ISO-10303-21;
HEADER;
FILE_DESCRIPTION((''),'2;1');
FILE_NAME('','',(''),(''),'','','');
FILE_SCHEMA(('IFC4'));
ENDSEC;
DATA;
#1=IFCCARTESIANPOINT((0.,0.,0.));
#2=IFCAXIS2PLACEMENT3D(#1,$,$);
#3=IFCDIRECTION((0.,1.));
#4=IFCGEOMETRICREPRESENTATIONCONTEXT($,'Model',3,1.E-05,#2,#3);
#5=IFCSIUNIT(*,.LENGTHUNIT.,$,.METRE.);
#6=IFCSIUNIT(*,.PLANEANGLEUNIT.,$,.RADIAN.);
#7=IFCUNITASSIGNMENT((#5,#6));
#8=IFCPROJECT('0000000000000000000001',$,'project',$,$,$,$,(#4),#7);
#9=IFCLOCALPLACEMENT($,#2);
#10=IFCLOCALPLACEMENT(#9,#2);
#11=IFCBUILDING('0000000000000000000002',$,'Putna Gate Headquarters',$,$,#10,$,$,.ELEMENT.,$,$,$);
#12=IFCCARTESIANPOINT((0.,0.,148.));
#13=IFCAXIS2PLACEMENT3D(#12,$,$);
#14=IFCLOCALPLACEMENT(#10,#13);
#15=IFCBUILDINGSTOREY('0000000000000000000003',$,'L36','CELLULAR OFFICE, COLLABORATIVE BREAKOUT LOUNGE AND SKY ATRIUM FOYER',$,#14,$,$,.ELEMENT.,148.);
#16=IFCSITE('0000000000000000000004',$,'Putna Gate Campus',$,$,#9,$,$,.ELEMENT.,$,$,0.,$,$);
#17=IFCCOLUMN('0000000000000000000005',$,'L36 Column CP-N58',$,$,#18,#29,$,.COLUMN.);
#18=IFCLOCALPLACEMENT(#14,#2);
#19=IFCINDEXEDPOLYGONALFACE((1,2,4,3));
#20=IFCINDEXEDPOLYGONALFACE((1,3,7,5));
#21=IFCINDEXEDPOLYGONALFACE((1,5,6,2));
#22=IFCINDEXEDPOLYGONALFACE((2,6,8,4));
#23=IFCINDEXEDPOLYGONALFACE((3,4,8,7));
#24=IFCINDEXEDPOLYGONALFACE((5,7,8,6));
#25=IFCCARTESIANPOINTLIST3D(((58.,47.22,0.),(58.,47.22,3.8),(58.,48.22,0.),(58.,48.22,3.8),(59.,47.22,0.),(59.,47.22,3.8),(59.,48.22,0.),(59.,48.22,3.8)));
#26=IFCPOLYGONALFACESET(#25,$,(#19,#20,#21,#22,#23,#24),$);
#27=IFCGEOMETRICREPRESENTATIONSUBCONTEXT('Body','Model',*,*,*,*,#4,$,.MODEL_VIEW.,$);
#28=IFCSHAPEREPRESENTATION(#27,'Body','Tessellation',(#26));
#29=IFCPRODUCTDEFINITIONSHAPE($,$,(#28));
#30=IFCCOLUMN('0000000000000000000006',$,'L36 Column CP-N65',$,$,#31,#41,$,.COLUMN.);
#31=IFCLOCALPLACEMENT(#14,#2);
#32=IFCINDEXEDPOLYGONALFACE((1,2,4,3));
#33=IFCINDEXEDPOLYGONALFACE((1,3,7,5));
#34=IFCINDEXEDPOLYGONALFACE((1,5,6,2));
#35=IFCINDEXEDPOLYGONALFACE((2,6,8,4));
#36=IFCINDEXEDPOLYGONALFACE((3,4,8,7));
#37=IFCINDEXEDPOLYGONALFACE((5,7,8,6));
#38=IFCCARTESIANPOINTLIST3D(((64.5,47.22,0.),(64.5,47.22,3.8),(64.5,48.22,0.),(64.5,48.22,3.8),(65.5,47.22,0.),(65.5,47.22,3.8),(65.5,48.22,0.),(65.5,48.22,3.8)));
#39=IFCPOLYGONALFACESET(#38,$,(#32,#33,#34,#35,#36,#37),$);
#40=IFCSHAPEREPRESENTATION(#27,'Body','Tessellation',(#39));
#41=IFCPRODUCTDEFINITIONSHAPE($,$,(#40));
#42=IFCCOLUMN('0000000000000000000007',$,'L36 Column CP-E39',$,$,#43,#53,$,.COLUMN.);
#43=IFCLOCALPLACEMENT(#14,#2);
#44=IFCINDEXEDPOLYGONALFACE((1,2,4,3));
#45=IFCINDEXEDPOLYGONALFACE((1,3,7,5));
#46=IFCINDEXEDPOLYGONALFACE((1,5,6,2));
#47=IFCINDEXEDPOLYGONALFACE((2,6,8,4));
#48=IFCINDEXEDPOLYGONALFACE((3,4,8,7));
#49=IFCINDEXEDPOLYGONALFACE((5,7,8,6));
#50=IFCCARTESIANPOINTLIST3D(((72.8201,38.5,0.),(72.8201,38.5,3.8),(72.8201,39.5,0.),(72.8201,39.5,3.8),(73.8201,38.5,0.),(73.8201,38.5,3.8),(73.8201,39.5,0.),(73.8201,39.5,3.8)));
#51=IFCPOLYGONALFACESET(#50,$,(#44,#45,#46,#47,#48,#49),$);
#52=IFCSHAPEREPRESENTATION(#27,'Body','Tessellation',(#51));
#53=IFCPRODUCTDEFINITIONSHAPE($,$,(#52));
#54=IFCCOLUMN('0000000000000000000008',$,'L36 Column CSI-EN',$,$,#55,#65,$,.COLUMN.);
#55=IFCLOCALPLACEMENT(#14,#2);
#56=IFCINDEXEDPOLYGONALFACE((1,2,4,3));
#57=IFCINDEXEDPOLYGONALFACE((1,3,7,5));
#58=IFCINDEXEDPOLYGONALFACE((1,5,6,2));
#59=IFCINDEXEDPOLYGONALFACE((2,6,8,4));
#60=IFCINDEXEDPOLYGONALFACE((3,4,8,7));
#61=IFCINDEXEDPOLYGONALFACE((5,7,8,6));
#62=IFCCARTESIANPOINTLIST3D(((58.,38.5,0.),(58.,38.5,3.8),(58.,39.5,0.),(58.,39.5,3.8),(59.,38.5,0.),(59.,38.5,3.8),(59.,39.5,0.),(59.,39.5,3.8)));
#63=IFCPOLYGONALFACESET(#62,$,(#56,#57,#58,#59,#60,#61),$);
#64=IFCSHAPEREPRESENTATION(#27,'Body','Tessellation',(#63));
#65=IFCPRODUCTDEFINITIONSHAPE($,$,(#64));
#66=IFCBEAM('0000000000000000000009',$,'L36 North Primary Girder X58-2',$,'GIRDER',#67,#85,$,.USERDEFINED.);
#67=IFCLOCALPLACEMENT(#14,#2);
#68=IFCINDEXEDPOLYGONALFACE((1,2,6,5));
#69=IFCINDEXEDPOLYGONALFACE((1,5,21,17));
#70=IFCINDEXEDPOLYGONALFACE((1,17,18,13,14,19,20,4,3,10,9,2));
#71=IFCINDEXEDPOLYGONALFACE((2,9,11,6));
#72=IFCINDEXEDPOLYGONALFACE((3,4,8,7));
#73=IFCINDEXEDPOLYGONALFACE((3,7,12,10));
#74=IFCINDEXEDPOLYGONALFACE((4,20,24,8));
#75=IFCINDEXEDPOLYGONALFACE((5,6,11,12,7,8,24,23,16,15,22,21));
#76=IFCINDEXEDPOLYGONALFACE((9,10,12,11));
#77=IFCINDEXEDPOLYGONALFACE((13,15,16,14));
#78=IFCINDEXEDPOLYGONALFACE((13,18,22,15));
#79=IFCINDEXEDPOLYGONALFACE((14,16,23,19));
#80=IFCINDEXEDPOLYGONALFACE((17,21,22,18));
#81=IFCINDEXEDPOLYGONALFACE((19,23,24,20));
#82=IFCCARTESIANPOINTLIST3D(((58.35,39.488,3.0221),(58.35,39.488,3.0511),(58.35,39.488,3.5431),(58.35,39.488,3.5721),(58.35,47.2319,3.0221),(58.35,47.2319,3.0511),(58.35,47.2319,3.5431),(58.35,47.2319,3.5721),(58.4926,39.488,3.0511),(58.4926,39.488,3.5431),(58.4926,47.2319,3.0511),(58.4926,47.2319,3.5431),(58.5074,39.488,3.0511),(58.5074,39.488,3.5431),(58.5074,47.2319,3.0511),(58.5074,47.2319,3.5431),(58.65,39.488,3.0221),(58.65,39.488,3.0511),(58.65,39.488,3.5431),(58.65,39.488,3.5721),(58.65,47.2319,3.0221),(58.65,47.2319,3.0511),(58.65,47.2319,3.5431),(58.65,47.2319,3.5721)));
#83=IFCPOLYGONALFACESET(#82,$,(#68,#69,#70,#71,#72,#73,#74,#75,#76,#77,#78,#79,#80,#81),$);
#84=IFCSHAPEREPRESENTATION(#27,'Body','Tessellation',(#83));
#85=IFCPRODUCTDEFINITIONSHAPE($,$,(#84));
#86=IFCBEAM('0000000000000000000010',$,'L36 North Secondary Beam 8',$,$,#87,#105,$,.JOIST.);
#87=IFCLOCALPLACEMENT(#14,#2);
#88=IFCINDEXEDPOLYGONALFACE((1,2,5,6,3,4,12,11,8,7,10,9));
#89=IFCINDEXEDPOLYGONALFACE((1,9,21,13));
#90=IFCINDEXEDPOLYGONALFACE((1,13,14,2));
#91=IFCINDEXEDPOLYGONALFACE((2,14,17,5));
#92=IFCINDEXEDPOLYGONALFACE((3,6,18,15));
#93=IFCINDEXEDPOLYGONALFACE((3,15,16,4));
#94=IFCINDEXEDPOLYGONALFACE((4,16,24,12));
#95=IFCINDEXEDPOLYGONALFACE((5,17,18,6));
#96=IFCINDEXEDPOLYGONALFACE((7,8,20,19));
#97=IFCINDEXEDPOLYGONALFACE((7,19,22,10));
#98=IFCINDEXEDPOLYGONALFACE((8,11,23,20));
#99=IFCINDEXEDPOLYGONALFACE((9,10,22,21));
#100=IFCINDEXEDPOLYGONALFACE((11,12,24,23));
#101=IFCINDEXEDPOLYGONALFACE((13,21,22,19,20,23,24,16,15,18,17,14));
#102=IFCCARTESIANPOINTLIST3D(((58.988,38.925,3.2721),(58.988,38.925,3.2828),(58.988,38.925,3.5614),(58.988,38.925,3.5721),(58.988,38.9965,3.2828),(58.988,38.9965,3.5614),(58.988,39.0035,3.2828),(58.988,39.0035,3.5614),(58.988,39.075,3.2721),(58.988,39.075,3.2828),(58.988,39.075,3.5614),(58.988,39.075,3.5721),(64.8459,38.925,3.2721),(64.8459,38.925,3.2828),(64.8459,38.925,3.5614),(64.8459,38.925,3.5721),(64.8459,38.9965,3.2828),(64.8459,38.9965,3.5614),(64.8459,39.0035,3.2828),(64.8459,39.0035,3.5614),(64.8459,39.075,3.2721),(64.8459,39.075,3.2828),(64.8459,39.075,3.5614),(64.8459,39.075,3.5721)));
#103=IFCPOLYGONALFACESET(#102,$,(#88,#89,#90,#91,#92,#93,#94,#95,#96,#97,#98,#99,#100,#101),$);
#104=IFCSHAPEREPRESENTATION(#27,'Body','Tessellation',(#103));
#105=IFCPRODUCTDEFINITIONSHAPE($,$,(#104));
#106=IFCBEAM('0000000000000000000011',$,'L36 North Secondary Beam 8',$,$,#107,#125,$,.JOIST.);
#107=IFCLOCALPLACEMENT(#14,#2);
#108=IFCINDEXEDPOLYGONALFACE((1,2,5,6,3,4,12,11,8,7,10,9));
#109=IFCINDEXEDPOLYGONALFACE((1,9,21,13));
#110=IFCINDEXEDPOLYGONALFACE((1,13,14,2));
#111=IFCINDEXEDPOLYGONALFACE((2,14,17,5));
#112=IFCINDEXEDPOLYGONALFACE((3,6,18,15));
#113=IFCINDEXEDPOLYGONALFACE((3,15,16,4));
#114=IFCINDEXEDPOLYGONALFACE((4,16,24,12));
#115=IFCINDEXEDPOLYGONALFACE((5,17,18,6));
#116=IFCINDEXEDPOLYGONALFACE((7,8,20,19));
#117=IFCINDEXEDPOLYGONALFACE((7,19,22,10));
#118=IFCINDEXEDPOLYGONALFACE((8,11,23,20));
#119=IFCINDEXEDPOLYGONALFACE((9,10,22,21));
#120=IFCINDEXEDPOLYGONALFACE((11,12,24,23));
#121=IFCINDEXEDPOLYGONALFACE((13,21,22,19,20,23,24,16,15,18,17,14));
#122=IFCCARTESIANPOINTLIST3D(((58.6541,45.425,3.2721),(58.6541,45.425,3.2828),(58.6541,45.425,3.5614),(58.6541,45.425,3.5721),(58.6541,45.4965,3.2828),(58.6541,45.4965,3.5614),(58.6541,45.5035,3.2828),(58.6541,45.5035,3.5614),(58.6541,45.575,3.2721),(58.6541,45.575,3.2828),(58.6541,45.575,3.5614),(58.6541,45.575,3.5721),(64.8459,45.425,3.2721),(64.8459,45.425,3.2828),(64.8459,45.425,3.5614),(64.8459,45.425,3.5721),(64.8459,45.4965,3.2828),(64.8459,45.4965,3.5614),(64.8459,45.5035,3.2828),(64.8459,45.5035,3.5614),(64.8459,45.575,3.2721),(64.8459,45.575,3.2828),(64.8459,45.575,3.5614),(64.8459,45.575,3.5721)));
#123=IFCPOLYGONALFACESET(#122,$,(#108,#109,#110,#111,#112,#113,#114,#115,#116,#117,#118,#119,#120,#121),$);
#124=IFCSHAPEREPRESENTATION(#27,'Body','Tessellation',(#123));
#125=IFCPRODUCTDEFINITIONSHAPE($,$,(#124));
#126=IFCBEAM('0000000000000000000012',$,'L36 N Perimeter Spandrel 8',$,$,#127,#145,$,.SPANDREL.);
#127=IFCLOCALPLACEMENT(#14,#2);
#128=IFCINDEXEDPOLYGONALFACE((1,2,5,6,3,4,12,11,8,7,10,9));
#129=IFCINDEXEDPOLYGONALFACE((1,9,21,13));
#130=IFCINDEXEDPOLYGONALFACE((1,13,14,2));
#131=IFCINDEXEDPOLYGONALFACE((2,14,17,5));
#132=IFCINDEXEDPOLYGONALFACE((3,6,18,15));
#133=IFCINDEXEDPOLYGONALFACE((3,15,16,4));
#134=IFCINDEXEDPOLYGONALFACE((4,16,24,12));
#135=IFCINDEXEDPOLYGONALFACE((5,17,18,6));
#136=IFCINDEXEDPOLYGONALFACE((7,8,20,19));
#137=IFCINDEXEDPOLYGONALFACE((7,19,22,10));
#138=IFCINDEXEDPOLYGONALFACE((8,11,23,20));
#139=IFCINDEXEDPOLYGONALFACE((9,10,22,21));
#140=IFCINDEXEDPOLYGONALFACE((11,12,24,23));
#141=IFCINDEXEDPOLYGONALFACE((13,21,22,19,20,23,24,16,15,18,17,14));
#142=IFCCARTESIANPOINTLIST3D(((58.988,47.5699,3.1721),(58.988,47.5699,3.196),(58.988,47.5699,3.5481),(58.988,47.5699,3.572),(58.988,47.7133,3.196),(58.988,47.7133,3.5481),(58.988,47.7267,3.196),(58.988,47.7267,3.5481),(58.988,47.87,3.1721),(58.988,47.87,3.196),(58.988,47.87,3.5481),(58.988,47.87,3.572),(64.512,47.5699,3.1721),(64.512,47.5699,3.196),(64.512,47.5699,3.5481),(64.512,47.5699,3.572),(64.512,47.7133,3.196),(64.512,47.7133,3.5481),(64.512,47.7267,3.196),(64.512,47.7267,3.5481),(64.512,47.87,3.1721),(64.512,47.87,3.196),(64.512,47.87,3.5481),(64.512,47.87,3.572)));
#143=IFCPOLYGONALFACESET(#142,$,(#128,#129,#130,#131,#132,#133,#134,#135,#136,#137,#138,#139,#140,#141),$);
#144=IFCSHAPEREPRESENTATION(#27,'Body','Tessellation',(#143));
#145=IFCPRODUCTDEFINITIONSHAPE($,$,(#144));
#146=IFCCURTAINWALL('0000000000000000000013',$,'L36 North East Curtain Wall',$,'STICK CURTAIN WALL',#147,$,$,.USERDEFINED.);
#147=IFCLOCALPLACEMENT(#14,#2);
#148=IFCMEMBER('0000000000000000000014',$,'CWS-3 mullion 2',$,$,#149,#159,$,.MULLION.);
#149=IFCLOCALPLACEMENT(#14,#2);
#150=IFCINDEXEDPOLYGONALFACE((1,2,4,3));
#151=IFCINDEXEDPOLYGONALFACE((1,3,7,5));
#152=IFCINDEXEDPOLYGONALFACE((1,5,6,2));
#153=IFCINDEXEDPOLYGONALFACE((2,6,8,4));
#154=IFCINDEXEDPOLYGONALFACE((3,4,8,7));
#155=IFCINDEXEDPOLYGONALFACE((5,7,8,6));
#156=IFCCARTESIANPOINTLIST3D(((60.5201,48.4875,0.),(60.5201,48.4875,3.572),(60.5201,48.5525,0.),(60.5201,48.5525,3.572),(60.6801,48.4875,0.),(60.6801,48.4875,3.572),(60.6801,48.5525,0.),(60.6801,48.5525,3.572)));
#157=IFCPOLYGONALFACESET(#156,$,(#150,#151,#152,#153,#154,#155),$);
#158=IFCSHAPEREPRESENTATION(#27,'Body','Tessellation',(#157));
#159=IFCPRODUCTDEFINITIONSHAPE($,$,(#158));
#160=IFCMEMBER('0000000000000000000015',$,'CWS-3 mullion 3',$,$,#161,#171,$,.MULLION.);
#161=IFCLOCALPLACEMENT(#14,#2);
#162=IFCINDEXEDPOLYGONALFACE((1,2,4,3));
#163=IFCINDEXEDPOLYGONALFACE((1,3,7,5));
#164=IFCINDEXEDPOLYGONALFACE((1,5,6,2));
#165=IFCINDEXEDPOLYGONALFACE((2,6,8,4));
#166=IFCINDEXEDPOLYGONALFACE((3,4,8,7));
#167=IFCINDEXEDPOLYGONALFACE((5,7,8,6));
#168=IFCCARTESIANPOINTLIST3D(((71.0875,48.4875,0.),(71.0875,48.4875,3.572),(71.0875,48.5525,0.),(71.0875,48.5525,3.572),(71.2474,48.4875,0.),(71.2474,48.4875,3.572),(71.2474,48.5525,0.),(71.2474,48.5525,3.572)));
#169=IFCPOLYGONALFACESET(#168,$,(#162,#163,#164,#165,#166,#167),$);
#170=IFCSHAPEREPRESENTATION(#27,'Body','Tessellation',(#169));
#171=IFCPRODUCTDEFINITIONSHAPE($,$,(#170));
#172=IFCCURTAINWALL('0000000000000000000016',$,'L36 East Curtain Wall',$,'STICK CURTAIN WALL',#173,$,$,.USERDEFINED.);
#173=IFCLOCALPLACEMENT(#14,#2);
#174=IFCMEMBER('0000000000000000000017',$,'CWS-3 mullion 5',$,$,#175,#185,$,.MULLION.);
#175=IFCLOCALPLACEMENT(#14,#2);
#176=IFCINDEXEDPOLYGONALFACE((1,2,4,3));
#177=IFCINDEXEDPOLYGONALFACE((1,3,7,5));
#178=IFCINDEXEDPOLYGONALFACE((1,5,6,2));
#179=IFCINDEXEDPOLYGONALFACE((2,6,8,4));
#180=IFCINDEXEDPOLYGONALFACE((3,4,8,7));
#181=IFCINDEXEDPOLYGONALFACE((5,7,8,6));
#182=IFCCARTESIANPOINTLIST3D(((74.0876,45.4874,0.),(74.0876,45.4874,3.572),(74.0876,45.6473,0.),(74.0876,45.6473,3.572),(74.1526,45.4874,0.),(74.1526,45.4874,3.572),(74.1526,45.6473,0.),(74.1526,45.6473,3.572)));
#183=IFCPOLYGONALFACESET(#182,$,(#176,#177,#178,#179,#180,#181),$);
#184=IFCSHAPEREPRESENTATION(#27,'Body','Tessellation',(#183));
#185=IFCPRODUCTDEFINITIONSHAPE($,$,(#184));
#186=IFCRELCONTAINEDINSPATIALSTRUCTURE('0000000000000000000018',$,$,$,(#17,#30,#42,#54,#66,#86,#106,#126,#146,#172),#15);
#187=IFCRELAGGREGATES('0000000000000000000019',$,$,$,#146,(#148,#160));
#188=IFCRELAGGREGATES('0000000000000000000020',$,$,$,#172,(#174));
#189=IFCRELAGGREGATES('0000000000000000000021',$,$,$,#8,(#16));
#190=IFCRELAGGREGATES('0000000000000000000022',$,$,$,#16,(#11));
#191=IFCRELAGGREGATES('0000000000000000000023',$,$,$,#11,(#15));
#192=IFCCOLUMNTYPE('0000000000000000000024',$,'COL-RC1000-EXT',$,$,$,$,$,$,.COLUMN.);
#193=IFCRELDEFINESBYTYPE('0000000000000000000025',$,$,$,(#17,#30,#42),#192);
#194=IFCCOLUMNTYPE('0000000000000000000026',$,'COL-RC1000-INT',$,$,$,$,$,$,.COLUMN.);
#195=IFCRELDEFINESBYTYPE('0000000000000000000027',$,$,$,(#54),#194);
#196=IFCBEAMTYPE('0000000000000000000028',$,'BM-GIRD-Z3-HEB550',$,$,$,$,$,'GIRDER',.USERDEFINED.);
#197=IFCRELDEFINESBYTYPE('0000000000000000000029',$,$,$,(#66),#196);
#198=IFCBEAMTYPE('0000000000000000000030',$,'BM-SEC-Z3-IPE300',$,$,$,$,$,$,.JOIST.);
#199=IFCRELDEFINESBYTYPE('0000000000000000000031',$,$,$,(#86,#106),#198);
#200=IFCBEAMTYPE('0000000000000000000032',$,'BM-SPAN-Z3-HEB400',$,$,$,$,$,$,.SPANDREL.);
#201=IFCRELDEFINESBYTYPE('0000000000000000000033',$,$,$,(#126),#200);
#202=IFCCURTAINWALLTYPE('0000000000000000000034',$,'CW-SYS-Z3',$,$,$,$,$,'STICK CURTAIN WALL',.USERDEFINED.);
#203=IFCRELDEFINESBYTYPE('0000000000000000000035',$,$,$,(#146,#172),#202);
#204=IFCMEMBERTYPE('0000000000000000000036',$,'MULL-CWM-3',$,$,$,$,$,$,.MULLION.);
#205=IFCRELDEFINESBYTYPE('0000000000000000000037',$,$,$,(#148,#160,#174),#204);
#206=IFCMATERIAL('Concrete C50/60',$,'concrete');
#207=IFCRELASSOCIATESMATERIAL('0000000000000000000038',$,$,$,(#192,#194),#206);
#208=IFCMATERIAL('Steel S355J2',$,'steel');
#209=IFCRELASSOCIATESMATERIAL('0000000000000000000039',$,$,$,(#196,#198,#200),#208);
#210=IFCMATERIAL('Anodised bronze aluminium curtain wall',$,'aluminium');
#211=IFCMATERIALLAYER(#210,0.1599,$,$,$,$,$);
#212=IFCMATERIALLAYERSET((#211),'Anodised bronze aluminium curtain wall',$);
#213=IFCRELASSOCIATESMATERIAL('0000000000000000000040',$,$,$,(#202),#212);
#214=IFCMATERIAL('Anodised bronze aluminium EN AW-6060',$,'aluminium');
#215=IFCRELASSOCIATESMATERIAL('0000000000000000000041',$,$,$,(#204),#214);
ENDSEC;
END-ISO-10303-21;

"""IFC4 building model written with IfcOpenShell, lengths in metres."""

from ifc_helpers import new_model, si_unit, direction, frame, origin, origin_2d, place, context, subcontext, project, spatial, rectangle, i_section, extrude, material, layer, layer_set, material_profile, profile_set, type_object, element, aggregate, save


model = new_model("IFC4")

# Units and contexts
model_context = context("Model", 3, precision=1e-05, world=origin(), true_north=direction((0.0, 1.0)))
body_context = subcontext(model_context, "Body", "Model", "MODEL_VIEW")
ifc_project = project(units=[si_unit("LENGTHUNIT", "METRE"), si_unit("PLANEANGLEUNIT", "RADIAN")], contexts=[model_context])

# Site, building, storey
site_placement = place(None, origin())
site = spatial("IfcSite", under=ifc_project, at=site_placement, Name="Putna Gate Campus", CompositionType="ELEMENT", RefElevation=0.0)
building_placement = place(site_placement, origin())
building = spatial("IfcBuilding", under=site, at=building_placement, Name="Putna Gate Headquarters", CompositionType="ELEMENT")
storey_placement = place(building_placement, frame((0.0, 0.0, 148.0)))
storey = spatial("IfcBuildingStorey", under=building, at=storey_placement, Name="L36", Description="CELLULAR OFFICE, COLLABORATIVE BREAKOUT LOUNGE AND SKY ATRIUM FOYER", CompositionType="ELEMENT", Elevation=148.0)

# Columns
ifc_material_1 = material(Name="Concrete C50/60", Category="concrete")
ifc_material_profile_1 = material_profile(ifc_material_1, rectangle(XDim=1.0, YDim=1.0, at=origin_2d()), Name="Concrete C50/60")
ifc_profile_set_1 = profile_set([ifc_material_profile_1], Name="Concrete C50/60")
column_type_1 = type_object("IfcColumnType", Name="COL-RC1000-EXT", PredefinedType="COLUMN", material=ifc_profile_set_1)
for number, where, z_axis, x_axis, name in (
    (1, (58.5, 47.72, 0.0), (0.0, 0.0, 1.0), (1.0, 0.0, 0.0), "L36 Column CP-N58"),
    (2, (65.0, 47.72, 0.0), (0.0, 0.0, 1.0), (1.0, 0.0, 0.0), "L36 Column CP-N65"),
    (3, (73.3201, 39.0, 0.0), (0.0, 0.0, 1.0), (1.0, 0.0, 0.0), "L36 Column CP-E39"),
):
    element("IfcColumn", number, at=place(storey_placement, frame(where, z_axis=z_axis, x_axis=x_axis)), inside=storey, type_object=column_type_1, Name=name, PredefinedType="COLUMN", context=body_context, shape_type="SweptSolid", body=[
        extrude(rectangle(XDim=1.0, YDim=1.0, at=origin_2d()), origin(), (0.0, 0.0, 1.0), 3.8),
    ])
ifc_material_profile_2 = material_profile(ifc_material_1, rectangle(XDim=1.0, YDim=1.0, at=origin_2d()), Name="Concrete C50/60")
ifc_profile_set_2 = profile_set([ifc_material_profile_2], Name="Concrete C50/60")
column_type_2 = type_object("IfcColumnType", Name="COL-RC1000-INT", PredefinedType="COLUMN", material=ifc_profile_set_2)
column_placement = place(storey_placement, frame((58.5, 39.0, 0.0), z_axis=(0.0, 0.0, 1.0), x_axis=(1.0, 0.0, 0.0)))
element("IfcColumn", 4, at=column_placement, inside=storey, type_object=column_type_2, Name="L36 Column CSI-EN", PredefinedType="COLUMN", context=body_context, shape_type="SweptSolid", body=[
    extrude(rectangle(XDim=1.0, YDim=1.0, at=origin_2d()), origin(), (0.0, 0.0, 1.0), 3.8),
])

# Beams
ifc_material_2 = material(Name="Steel S355J2", Category="steel")
ifc_material_profile_3 = material_profile(ifc_material_2, i_section(OverallWidth=0.3, OverallDepth=0.55, WebThickness=0.0149, FlangeThickness=0.0291, at=origin_2d()), Name="Steel S355J2")
ifc_profile_set_3 = profile_set([ifc_material_profile_3], Name="Steel S355J2")
beam_type_1 = type_object("IfcBeamType", Name="BM-GIRD-Z3-HEB550", ElementType="GIRDER", PredefinedType="USERDEFINED", material=ifc_profile_set_3)
beam_1_placement = place(storey_placement, frame((58.5, 39.488, 3.2971), z_axis=(0.0, 1.0, 0.0), x_axis=(-1.0, 0.0, 0.0)))
element("IfcBeam", 5, at=beam_1_placement, inside=storey, type_object=beam_type_1, Name="L36 North Primary Girder X58-2", ObjectType="GIRDER", PredefinedType="USERDEFINED", context=body_context, shape_type="SweptSolid", body=[
    extrude(i_section(OverallWidth=0.3, OverallDepth=0.55, WebThickness=0.0149, FlangeThickness=0.0291, at=origin_2d()), origin(), (0.0, 0.0, 1.0), 7.7439),
])
ifc_material_profile_4 = material_profile(ifc_material_2, i_section(OverallWidth=0.1499, OverallDepth=0.3, WebThickness=0.0071, FlangeThickness=0.0107, at=origin_2d()), Name="Steel S355J2")
ifc_profile_set_4 = profile_set([ifc_material_profile_4], Name="Steel S355J2")
beam_type_2 = type_object("IfcBeamType", Name="BM-SEC-Z3-IPE300", PredefinedType="JOIST", material=ifc_profile_set_4)
beam_2_placement = place(storey_placement, frame((58.988, 39.0, 3.4221), z_axis=(1.0, 0.0, 0.0), x_axis=(0.0, 1.0, 0.0)))
element("IfcBeam", 6, at=beam_2_placement, inside=storey, type_object=beam_type_2, Name="L36 North Secondary Beam 8", PredefinedType="JOIST", context=body_context, shape_type="SweptSolid", body=[
    extrude(i_section(OverallWidth=0.1499, OverallDepth=0.3, WebThickness=0.0071, FlangeThickness=0.0107, at=origin_2d()), origin(), (0.0, 0.0, 1.0), 5.8579),
])
beam_3_placement = place(storey_placement, frame((58.6541, 45.5, 3.4221), z_axis=(1.0, 0.0, 0.0), x_axis=(0.0, 1.0, 0.0)))
element("IfcBeam", 7, at=beam_3_placement, inside=storey, type_object=beam_type_2, Name="L36 North Secondary Beam 8", PredefinedType="JOIST", context=body_context, shape_type="SweptSolid", body=[
    extrude(i_section(OverallWidth=0.1499, OverallDepth=0.3, WebThickness=0.0071, FlangeThickness=0.0107, at=origin_2d()), origin(), (0.0, 0.0, 1.0), 6.1919),
])
ifc_material_profile_5 = material_profile(ifc_material_2, i_section(OverallWidth=0.3, OverallDepth=0.3999, WebThickness=0.0134, FlangeThickness=0.0239, at=origin_2d()), Name="Steel S355J2")
ifc_profile_set_5 = profile_set([ifc_material_profile_5], Name="Steel S355J2")
beam_type_3 = type_object("IfcBeamType", Name="BM-SPAN-Z3-HEB400", PredefinedType="SPANDREL", material=ifc_profile_set_5)
beam_4_placement = place(storey_placement, frame((58.988, 47.72, 3.3721), z_axis=(1.0, 0.0, 0.0), x_axis=(0.0, 1.0, 0.0)))
element("IfcBeam", 8, at=beam_4_placement, inside=storey, type_object=beam_type_3, Name="L36 N Perimeter Spandrel 8", PredefinedType="SPANDREL", context=body_context, shape_type="SweptSolid", body=[
    extrude(i_section(OverallWidth=0.3, OverallDepth=0.3999, WebThickness=0.0134, FlangeThickness=0.0239, at=origin_2d()), origin(), (0.0, 0.0, 1.0), 5.5239),
])

# Curtain wall, members
ifc_material_3 = material(Name="Anodised bronze aluminium curtain wall", Category="aluminium")
ifc_layer_1 = layer(ifc_material_3, 0.1599)
ifc_layer_set_1 = layer_set([ifc_layer_1], Name="Anodised bronze aluminium curtain wall")
curtain_wall_type = type_object("IfcCurtainWallType", Name="CW-SYS-Z3", ElementType="STICK CURTAIN WALL", PredefinedType="USERDEFINED", material=ifc_layer_set_1)
curtain_wall_1_placement = place(storey_placement, origin())
curtain_wall_1 = element("IfcCurtainWall", 9, at=curtain_wall_1_placement, inside=storey, type_object=curtain_wall_type, Name="L36 North East Curtain Wall", ObjectType="STICK CURTAIN WALL", PredefinedType="USERDEFINED")
ifc_material_4 = material(Name="Anodised bronze aluminium EN AW-6060", Category="aluminium")
ifc_material_profile_6 = material_profile(ifc_material_4, rectangle(XDim=0.0649, YDim=0.1599, at=origin_2d()), Name="Anodised bronze aluminium EN AW-6060")
ifc_profile_set_6 = profile_set([ifc_material_profile_6], Name="Anodised bronze aluminium EN AW-6060")
member_type_1 = type_object("IfcMemberType", Name="MULL-CWM-3", PredefinedType="MULLION", material=ifc_profile_set_6)
member_1_placement = place(storey_placement, frame((60.6001, 48.52, 0.0), z_axis=(0.0, 0.0, 1.0), x_axis=(0.0, 1.0, 0.0)))
member_1 = element("IfcMember", 10, at=member_1_placement, type_object=member_type_1, Name="CWS-3 mullion 2", PredefinedType="MULLION", context=body_context, shape_type="SweptSolid", body=[
    extrude(rectangle(XDim=0.0649, YDim=0.1599, at=origin_2d()), origin(), (0.0, 0.0, 1.0), 3.572),
])
member_2_placement = place(storey_placement, frame((71.1675, 48.52, 0.0), z_axis=(0.0, 0.0, 1.0), x_axis=(0.0, 1.0, 0.0)))
member_2 = element("IfcMember", 11, at=member_2_placement, type_object=member_type_1, Name="CWS-3 mullion 3", PredefinedType="MULLION", context=body_context, shape_type="SweptSolid", body=[
    extrude(rectangle(XDim=0.0649, YDim=0.1599, at=origin_2d()), origin(), (0.0, 0.0, 1.0), 3.572),
])

# Curtain wall, member
curtain_wall_2_placement = place(storey_placement, origin())
curtain_wall_2 = element("IfcCurtainWall", 12, at=curtain_wall_2_placement, inside=storey, type_object=curtain_wall_type, Name="L36 East Curtain Wall", ObjectType="STICK CURTAIN WALL", PredefinedType="USERDEFINED")
member_3_placement = place(storey_placement, frame((74.1201, 45.5674, 0.0), z_axis=(0.0, 0.0, 1.0), x_axis=(-1.0, 0.0, 0.0)))
member_3 = element("IfcMember", 13, at=member_3_placement, type_object=member_type_1, Name="CWS-3 mullion 5", PredefinedType="MULLION", context=body_context, shape_type="SweptSolid", body=[
    extrude(rectangle(XDim=0.0649, YDim=0.1599, at=origin_2d()), origin(), (0.0, 0.0, 1.0), 3.572),
])

aggregate(curtain_wall_1, [member_1, member_2])
aggregate(curtain_wall_2, [member_3])

save(model, "model.ifc")
